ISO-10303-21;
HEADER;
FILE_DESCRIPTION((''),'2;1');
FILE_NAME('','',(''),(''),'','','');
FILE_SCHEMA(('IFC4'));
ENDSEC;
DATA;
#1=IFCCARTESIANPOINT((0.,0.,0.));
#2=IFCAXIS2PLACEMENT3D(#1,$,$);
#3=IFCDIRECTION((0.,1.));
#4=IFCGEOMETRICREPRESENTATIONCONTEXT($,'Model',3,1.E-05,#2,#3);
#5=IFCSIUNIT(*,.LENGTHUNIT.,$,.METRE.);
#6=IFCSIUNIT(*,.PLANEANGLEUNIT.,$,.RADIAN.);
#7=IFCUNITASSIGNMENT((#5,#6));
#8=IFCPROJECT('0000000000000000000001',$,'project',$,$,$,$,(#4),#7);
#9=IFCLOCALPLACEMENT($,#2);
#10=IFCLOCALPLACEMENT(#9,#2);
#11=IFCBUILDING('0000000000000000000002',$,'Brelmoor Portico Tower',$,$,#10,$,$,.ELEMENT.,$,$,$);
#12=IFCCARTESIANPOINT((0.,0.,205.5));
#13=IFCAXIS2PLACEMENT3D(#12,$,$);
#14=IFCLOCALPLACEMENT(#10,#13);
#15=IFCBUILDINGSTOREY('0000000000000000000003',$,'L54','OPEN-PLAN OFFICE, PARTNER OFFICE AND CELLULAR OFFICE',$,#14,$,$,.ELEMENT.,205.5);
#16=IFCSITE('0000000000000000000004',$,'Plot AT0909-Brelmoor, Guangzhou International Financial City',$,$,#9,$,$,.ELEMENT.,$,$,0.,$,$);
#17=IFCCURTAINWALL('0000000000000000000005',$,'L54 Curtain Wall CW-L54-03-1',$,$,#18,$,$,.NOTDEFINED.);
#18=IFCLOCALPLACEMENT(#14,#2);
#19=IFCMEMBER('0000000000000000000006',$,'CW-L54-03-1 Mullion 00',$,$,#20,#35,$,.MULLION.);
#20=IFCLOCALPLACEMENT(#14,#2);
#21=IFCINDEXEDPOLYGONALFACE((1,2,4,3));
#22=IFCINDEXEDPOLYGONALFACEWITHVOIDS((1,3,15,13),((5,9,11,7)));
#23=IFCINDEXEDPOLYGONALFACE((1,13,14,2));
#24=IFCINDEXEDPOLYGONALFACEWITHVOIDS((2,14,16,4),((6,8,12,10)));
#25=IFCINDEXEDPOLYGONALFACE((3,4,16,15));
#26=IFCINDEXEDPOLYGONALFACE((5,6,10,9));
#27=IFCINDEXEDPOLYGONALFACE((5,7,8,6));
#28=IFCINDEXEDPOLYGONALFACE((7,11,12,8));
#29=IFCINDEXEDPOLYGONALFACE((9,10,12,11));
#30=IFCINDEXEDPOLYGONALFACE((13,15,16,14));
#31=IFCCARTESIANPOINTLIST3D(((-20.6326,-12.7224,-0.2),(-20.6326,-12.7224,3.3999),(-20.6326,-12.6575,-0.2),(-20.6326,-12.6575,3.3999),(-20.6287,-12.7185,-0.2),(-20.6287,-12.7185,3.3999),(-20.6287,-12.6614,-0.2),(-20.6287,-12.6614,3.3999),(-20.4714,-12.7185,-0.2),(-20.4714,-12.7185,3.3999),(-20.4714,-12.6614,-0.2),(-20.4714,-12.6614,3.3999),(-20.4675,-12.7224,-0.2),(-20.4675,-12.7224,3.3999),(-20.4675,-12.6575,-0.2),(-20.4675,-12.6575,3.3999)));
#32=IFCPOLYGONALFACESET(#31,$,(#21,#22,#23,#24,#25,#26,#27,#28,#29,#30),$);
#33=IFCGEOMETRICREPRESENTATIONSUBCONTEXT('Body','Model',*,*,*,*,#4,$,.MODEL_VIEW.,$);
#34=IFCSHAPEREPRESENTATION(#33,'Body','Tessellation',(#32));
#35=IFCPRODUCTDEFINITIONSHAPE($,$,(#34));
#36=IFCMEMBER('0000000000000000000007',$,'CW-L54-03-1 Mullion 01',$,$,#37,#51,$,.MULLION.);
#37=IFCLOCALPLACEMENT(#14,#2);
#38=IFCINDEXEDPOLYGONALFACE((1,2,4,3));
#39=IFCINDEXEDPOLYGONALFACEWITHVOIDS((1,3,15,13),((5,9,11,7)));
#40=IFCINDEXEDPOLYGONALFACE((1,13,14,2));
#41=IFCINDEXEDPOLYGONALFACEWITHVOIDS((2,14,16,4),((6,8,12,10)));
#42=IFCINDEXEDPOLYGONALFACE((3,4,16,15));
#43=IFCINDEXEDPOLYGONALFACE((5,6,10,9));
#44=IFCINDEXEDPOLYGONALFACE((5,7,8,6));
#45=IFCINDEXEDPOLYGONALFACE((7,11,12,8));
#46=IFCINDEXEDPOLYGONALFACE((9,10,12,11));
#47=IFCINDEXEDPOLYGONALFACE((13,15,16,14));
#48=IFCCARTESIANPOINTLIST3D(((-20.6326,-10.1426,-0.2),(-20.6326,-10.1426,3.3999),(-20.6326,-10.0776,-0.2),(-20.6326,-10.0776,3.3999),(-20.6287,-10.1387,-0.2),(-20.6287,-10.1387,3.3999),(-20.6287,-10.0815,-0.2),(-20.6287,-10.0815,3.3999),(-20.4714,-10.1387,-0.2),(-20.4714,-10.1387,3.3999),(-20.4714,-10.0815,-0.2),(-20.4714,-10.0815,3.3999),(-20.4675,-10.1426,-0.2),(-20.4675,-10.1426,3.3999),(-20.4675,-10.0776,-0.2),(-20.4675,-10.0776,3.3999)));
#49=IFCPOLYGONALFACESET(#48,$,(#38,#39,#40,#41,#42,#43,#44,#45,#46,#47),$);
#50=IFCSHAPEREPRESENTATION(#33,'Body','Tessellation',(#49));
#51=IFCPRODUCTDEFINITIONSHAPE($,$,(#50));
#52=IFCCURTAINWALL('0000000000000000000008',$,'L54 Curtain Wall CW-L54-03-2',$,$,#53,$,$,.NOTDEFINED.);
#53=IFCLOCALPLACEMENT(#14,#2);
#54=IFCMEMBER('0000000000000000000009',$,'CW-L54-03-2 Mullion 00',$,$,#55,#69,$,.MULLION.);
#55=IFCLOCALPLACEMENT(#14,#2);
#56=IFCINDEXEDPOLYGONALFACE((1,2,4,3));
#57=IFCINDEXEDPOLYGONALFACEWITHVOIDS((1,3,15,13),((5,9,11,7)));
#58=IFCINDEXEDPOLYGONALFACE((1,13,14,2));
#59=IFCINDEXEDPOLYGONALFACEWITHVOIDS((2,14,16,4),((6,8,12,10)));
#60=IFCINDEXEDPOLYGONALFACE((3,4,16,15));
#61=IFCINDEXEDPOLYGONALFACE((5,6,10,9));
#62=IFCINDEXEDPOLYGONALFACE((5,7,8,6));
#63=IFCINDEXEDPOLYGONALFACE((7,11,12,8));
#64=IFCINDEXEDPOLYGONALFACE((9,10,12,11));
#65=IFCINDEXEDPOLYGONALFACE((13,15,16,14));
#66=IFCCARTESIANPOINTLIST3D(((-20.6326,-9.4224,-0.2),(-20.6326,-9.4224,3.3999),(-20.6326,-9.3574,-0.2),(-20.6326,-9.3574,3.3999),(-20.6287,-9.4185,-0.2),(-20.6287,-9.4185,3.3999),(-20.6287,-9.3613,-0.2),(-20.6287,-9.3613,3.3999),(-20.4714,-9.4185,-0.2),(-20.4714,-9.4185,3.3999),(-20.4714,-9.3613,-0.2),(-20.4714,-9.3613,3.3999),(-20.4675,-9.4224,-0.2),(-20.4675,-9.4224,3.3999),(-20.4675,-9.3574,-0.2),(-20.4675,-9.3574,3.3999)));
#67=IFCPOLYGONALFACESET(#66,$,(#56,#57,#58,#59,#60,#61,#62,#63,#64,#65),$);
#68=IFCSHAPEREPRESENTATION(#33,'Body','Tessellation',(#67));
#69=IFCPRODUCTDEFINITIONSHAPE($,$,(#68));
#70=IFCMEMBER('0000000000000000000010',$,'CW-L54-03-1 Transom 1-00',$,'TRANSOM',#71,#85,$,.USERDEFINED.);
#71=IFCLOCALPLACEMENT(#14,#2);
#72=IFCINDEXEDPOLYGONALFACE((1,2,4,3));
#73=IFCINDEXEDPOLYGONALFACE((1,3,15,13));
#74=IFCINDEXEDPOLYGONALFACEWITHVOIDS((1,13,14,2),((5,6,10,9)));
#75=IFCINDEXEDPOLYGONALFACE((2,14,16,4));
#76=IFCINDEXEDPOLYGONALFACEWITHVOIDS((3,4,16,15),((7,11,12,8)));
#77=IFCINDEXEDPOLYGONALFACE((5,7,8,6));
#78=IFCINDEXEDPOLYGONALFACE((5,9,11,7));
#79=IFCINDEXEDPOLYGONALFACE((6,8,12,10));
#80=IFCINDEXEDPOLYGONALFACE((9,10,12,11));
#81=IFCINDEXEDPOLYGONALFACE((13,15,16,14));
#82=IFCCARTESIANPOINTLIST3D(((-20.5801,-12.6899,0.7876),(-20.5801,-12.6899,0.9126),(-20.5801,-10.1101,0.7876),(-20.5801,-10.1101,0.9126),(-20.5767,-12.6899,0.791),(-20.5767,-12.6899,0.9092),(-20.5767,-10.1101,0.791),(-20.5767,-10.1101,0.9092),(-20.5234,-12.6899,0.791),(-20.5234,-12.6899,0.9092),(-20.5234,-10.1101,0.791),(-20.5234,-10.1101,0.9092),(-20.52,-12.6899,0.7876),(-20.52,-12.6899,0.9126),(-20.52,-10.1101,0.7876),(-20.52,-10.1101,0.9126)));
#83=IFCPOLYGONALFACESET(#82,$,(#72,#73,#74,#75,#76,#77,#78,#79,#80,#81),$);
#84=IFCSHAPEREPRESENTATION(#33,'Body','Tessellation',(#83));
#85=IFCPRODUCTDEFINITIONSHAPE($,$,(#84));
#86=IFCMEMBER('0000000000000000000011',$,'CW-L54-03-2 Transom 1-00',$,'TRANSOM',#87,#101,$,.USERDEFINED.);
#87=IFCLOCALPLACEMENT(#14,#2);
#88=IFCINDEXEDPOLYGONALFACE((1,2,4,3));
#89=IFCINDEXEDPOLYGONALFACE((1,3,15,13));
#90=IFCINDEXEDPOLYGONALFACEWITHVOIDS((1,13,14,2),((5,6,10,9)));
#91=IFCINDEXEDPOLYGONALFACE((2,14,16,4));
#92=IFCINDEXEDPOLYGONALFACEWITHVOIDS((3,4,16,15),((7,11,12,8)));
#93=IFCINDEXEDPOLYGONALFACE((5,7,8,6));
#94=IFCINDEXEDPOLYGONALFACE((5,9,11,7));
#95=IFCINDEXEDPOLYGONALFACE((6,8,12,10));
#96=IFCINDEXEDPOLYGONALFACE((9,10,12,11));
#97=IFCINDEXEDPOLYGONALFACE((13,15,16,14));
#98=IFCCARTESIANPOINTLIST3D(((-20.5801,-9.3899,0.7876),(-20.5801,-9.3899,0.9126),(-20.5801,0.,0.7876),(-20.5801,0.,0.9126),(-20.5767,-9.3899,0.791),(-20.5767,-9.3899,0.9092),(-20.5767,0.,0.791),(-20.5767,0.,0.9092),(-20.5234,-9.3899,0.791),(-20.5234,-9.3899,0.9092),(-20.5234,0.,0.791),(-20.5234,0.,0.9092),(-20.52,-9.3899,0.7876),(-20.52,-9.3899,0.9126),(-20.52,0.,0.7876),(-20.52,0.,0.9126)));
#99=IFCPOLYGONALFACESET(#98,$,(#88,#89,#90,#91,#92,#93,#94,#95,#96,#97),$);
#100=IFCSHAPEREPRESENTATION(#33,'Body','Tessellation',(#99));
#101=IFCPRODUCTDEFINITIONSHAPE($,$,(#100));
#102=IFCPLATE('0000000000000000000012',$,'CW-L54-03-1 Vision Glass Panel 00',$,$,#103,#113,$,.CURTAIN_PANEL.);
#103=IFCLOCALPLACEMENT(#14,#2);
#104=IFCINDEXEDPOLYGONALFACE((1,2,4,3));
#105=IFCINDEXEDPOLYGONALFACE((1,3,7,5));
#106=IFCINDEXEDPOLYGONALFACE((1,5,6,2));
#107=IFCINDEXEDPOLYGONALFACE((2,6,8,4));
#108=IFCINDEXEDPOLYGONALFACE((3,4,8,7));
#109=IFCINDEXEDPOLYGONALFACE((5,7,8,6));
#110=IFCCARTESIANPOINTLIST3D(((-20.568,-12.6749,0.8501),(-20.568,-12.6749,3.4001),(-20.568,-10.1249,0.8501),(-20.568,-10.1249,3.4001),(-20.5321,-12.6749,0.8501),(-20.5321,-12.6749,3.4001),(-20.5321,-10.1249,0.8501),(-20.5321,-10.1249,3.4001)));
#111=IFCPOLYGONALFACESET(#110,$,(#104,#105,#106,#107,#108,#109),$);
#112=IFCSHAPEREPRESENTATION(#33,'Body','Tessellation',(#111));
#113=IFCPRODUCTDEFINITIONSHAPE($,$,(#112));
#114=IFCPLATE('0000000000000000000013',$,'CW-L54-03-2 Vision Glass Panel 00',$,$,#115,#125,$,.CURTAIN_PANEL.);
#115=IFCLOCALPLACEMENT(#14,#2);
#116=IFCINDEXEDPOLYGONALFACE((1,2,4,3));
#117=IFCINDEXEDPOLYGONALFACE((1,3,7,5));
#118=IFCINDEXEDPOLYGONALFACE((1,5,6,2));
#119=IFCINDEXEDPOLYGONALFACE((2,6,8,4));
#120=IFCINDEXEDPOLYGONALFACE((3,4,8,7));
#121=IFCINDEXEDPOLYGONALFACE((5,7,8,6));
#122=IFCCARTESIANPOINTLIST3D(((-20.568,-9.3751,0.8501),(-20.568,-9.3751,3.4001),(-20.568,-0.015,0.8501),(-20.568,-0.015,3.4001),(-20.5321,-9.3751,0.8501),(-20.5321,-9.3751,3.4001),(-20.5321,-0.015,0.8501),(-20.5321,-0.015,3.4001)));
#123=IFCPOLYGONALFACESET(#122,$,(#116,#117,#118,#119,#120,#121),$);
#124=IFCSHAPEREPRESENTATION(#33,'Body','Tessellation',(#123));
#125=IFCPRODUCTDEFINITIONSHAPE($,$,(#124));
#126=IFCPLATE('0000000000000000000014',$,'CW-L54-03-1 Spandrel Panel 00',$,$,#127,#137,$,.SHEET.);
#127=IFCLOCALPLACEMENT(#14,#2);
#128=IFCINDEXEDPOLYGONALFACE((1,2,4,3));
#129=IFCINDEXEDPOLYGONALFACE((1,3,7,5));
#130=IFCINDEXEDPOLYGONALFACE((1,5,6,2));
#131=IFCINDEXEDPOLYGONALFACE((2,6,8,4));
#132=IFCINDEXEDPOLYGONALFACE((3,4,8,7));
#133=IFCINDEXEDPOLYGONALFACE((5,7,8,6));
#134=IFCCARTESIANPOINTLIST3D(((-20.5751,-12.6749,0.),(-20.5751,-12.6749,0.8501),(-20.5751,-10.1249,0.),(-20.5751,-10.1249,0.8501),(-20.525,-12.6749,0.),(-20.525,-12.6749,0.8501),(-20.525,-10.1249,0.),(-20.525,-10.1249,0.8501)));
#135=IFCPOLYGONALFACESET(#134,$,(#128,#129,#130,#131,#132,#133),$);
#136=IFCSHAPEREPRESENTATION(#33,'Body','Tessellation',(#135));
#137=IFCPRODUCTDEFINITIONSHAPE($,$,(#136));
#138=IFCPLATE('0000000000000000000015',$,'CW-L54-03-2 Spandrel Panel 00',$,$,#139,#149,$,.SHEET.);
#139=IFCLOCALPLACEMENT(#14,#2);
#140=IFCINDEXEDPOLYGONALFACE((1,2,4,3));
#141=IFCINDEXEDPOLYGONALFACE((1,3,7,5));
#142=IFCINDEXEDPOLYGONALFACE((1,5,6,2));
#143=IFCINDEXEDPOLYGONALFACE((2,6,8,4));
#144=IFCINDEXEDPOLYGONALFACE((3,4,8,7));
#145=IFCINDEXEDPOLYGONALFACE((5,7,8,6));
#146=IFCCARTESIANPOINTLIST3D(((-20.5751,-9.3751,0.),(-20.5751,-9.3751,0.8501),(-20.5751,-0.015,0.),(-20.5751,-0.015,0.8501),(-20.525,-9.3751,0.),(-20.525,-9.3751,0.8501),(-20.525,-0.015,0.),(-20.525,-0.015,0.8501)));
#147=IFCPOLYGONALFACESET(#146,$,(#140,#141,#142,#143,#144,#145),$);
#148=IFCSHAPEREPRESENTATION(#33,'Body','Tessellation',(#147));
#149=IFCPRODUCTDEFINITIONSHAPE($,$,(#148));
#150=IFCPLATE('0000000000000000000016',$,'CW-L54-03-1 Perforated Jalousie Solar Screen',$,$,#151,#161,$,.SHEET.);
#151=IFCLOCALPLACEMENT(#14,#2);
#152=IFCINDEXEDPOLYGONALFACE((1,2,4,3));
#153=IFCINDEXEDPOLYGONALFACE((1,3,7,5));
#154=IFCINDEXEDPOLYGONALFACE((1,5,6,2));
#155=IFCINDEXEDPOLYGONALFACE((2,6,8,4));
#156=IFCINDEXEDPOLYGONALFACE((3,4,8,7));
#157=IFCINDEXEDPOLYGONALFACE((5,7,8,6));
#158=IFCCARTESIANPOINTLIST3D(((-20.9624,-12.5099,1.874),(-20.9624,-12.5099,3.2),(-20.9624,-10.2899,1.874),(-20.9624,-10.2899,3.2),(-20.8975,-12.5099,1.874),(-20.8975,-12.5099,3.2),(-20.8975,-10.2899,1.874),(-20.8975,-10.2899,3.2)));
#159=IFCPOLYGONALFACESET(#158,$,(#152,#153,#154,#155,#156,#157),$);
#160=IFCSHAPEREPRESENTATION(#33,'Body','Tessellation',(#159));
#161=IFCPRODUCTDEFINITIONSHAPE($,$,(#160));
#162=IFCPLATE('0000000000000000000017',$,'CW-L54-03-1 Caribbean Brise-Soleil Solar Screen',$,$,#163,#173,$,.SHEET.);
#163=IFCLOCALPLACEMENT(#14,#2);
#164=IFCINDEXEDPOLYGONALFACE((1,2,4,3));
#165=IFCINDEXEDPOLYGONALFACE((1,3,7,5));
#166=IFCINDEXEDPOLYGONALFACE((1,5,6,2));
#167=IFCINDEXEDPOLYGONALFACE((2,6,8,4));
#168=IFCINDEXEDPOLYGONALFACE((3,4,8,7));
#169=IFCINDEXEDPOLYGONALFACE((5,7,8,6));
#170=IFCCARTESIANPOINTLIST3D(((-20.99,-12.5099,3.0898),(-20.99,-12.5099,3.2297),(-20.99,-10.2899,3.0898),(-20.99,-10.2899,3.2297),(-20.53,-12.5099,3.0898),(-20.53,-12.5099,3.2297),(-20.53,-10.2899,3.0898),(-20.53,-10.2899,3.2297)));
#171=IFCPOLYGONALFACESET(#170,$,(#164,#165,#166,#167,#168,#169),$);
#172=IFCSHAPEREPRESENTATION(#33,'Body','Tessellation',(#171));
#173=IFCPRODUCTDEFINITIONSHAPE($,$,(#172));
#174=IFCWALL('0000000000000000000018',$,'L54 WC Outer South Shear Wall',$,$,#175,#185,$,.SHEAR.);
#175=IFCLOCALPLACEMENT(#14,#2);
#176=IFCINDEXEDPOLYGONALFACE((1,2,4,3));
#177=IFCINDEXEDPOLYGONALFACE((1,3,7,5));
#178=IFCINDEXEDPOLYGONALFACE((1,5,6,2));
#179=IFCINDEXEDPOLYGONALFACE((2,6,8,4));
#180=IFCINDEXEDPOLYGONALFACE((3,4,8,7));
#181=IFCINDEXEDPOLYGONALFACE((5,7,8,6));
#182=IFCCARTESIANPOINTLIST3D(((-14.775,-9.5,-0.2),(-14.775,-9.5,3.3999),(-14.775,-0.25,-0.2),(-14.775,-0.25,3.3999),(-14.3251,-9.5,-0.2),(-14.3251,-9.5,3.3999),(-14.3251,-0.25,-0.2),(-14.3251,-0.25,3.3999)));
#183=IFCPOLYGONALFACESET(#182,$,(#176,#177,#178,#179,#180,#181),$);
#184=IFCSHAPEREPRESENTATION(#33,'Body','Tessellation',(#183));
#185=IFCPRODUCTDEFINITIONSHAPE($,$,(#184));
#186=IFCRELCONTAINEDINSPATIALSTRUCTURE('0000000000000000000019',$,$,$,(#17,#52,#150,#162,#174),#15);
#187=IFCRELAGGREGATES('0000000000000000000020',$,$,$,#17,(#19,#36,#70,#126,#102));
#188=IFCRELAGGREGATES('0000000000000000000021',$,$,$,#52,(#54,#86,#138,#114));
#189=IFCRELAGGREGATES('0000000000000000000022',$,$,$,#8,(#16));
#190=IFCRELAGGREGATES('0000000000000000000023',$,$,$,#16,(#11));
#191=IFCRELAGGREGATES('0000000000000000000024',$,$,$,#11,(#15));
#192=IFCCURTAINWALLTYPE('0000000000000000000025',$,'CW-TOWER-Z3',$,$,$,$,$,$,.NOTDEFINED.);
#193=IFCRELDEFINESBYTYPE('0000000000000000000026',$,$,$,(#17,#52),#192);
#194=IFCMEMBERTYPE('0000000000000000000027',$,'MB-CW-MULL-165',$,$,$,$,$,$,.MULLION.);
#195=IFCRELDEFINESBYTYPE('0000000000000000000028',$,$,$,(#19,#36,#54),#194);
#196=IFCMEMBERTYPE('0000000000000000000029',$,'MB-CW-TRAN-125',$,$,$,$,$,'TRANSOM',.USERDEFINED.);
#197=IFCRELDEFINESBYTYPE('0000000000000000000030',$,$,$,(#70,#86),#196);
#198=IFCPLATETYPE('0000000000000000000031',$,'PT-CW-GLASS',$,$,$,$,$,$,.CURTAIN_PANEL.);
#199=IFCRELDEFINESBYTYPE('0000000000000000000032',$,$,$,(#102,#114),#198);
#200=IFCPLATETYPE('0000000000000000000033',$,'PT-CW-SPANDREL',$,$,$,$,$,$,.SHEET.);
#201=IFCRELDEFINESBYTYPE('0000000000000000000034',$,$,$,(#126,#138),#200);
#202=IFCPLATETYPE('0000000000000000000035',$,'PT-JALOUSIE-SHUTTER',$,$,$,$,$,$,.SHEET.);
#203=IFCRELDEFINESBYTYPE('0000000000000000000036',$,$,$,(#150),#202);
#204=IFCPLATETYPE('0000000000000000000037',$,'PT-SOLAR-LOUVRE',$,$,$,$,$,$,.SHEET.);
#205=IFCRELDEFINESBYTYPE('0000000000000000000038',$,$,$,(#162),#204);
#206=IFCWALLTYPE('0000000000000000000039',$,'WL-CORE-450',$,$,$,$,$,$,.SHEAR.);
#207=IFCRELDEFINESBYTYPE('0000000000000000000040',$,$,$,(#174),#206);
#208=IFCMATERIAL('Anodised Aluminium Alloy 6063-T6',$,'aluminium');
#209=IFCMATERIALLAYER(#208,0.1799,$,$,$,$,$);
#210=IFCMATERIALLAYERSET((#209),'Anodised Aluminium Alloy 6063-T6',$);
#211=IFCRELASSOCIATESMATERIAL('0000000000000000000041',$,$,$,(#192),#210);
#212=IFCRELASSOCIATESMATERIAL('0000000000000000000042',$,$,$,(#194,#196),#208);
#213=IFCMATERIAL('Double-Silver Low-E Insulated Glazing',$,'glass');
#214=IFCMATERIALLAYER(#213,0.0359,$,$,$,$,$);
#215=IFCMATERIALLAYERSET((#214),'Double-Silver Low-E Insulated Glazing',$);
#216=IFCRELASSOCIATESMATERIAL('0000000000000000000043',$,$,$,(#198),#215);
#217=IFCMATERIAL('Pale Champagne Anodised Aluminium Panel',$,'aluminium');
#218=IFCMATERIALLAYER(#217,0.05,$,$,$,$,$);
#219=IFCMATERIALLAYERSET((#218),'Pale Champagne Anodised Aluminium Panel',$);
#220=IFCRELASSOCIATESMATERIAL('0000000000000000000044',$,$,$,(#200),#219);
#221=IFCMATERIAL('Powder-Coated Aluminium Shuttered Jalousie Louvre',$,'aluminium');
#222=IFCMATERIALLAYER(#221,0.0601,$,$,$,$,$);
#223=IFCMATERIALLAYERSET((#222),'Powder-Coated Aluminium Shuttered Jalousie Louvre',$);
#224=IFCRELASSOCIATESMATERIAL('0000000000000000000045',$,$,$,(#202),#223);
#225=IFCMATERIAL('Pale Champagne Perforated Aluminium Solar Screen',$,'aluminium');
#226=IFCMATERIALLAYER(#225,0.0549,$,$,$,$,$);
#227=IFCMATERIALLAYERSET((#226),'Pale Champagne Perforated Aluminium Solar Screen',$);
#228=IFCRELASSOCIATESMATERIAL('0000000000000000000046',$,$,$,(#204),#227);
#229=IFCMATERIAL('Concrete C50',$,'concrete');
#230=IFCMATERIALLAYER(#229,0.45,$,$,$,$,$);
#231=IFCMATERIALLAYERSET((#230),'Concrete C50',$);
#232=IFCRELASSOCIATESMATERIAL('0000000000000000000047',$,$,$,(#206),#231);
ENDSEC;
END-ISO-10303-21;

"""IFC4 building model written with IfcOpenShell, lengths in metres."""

from ifc_helpers import new_model, si_unit, direction, frame, frame_2d, origin, origin_2d, place, context, subcontext, project, spatial, rectangle, hollow_rectangle, extrude, material, layer, layer_set, material_profile, profile_set, type_object, element, aggregate, save


model = new_model("IFC4")

# Units and contexts
model_context = context("Model", 3, precision=1e-05, world=origin(), true_north=direction((0.0, 1.0)))
body_context = subcontext(model_context, "Body", "Model", "MODEL_VIEW")
ifc_project = project(units=[si_unit("LENGTHUNIT", "METRE"), si_unit("PLANEANGLEUNIT", "RADIAN")], contexts=[model_context])

# Site, building, storey
site_placement = place(None, origin())
site = spatial("IfcSite", under=ifc_project, at=site_placement, Name="Plot AT0909-Brelmoor, Guangzhou International Financial City", CompositionType="ELEMENT", RefElevation=0.0)
building_placement = place(site_placement, origin())
building = spatial("IfcBuilding", under=site, at=building_placement, Name="Brelmoor Portico Tower", CompositionType="ELEMENT")
storey_placement = place(building_placement, frame((0.0, 0.0, 205.5)))
storey = spatial("IfcBuildingStorey", under=building, at=storey_placement, Name="L54", Description="OPEN-PLAN OFFICE, PARTNER OFFICE AND CELLULAR OFFICE", CompositionType="ELEMENT", Elevation=205.5)

# Curtain wall, members
ifc_material_1 = material(Name="Anodised Aluminium Alloy 6063-T6", Category="aluminium")
ifc_layer_1 = layer(ifc_material_1, 0.1799)
ifc_layer_set_1 = layer_set([ifc_layer_1], Name="Anodised Aluminium Alloy 6063-T6")
curtain_wall_type = type_object("IfcCurtainWallType", Name="CW-TOWER-Z3", PredefinedType="NOTDEFINED", material=ifc_layer_set_1)
curtain_wall_1_placement = place(storey_placement, origin())
curtain_wall_1 = element("IfcCurtainWall", 1, at=curtain_wall_1_placement, inside=storey, type_object=curtain_wall_type, Name="L54 Curtain Wall CW-L54-03-1", PredefinedType="NOTDEFINED")
ifc_material_profile_1 = material_profile(ifc_material_1, hollow_rectangle(XDim=0.0649, YDim=0.165, WallThickness=0.0039, at=origin_2d()), Name="ALU MULLION 65x165")
ifc_profile_set_1 = profile_set([ifc_material_profile_1], Name="Anodised Aluminium Alloy 6063-T6")
member_type_1 = type_object("IfcMemberType", Name="MB-CW-MULL-165", PredefinedType="MULLION", material=ifc_profile_set_1)
member_1_placement = place(storey_placement, frame((-20.55, -12.6899, -0.2), z_axis=(0.0, 0.0, 1.0), x_axis=(0.0, 1.0, 0.0)))
member_1 = element("IfcMember", 2, at=member_1_placement, type_object=member_type_1, Name="CW-L54-03-1 Mullion 00", PredefinedType="MULLION", context=body_context, shape_type="SweptSolid", body=[
    extrude(hollow_rectangle(XDim=0.0649, YDim=0.165, WallThickness=0.0039, at=origin_2d()), origin(), (0.0, 0.0, 1.0), 3.5999),
])
member_2_placement = place(storey_placement, frame((-20.55, -10.1101, -0.2), z_axis=(0.0, 0.0, 1.0), x_axis=(0.0, 1.0, 0.0)))
member_2 = element("IfcMember", 3, at=member_2_placement, type_object=member_type_1, Name="CW-L54-03-1 Mullion 01", PredefinedType="MULLION", context=body_context, shape_type="SweptSolid", body=[
    extrude(hollow_rectangle(XDim=0.0649, YDim=0.165, WallThickness=0.0039, at=origin_2d()), origin(), (0.0, 0.0, 1.0), 3.5999),
])

# Curtain wall, member
curtain_wall_2_placement = place(storey_placement, origin())
curtain_wall_2 = element("IfcCurtainWall", 4, at=curtain_wall_2_placement, inside=storey, type_object=curtain_wall_type, Name="L54 Curtain Wall CW-L54-03-2", PredefinedType="NOTDEFINED")
member_3_placement = place(storey_placement, frame((-20.55, -9.3899, -0.2), z_axis=(0.0, 0.0, 1.0), x_axis=(0.0, 1.0, 0.0)))
member_3 = element("IfcMember", 5, at=member_3_placement, type_object=member_type_1, Name="CW-L54-03-2 Mullion 00", PredefinedType="MULLION", context=body_context, shape_type="SweptSolid", body=[
    extrude(hollow_rectangle(XDim=0.0649, YDim=0.165, WallThickness=0.0039, at=origin_2d()), origin(), (0.0, 0.0, 1.0), 3.5999),
])

# Members
ifc_material_profile_2 = material_profile(ifc_material_1, hollow_rectangle(XDim=0.0601, YDim=0.125, WallThickness=0.0034, at=origin_2d()), Name="ALU TRANSOM 60x125")
ifc_profile_set_2 = profile_set([ifc_material_profile_2], Name="Anodised Aluminium Alloy 6063-T6")
member_type_2 = type_object("IfcMemberType", Name="MB-CW-TRAN-125", ElementType="TRANSOM", PredefinedType="USERDEFINED", material=ifc_profile_set_2)
member_4_placement = place(storey_placement, frame((-20.55, -12.6899, 0.8501), z_axis=(0.0, 1.0, 0.0), x_axis=(-1.0, 0.0, 0.0)))
member_4 = element("IfcMember", 6, at=member_4_placement, type_object=member_type_2, Name="CW-L54-03-1 Transom 1-00", ObjectType="TRANSOM", PredefinedType="USERDEFINED", context=body_context, shape_type="SweptSolid", body=[
    extrude(hollow_rectangle(XDim=0.0601, YDim=0.125, WallThickness=0.0034, at=origin_2d()), origin(), (0.0, 0.0, 1.0), 2.5798),
])
member_5_placement = place(storey_placement, frame((-20.55, -9.3899, 0.8501), z_axis=(0.0, 1.0, 0.0), x_axis=(-1.0, 0.0, 0.0)))
member_5 = element("IfcMember", 7, at=member_5_placement, type_object=member_type_2, Name="CW-L54-03-2 Transom 1-00", ObjectType="TRANSOM", PredefinedType="USERDEFINED", context=body_context, shape_type="SweptSolid", body=[
    extrude(hollow_rectangle(XDim=0.0601, YDim=0.125, WallThickness=0.0034, at=origin_2d()), origin(), (0.0, 0.0, 1.0), 9.3899),
])

# Plates
ifc_material_2 = material(Name="Double-Silver Low-E Insulated Glazing", Category="glass")
ifc_layer_2 = layer(ifc_material_2, 0.0359)
ifc_layer_set_2 = layer_set([ifc_layer_2], Name="Double-Silver Low-E Insulated Glazing")
plate_type_1 = type_object("IfcPlateType", Name="PT-CW-GLASS", PredefinedType="CURTAIN_PANEL", material=ifc_layer_set_2)
plate_1_placement = place(storey_placement, frame((-20.55, -11.3999, 0.8501), z_axis=(0.0, 0.0, 1.0), x_axis=(0.0, 1.0, 0.0)))
plate_1 = element("IfcPlate", 8, at=plate_1_placement, type_object=plate_type_1, Name="CW-L54-03-1 Vision Glass Panel 00", PredefinedType="CURTAIN_PANEL", context=body_context, shape_type="SweptSolid", body=[
    extrude(rectangle(XDim=2.55, YDim=0.0359, at=origin_2d()), origin(), (0.0, 0.0, 1.0), 2.55),
])
plate_2_placement = place(storey_placement, frame((-20.55, -4.6951, 0.8501), z_axis=(0.0, 0.0, 1.0), x_axis=(0.0, 1.0, 0.0)))
plate_2 = element("IfcPlate", 9, at=plate_2_placement, type_object=plate_type_1, Name="CW-L54-03-2 Vision Glass Panel 00", PredefinedType="CURTAIN_PANEL", context=body_context, shape_type="SweptSolid", body=[
    extrude(rectangle(XDim=9.3601, YDim=0.0359, at=origin_2d()), origin(), (0.0, 0.0, 1.0), 2.55),
])
ifc_material_3 = material(Name="Pale Champagne Anodised Aluminium Panel", Category="aluminium")
ifc_layer_3 = layer(ifc_material_3, 0.05)
ifc_layer_set_3 = layer_set([ifc_layer_3], Name="Pale Champagne Anodised Aluminium Panel")
plate_type_2 = type_object("IfcPlateType", Name="PT-CW-SPANDREL", PredefinedType="SHEET", material=ifc_layer_set_3)
plate_3_placement = place(storey_placement, frame((-20.55, -11.3999, 0.0), z_axis=(0.0, 0.0, 1.0), x_axis=(0.0, 1.0, 0.0)))
plate_3 = element("IfcPlate", 10, at=plate_3_placement, type_object=plate_type_2, Name="CW-L54-03-1 Spandrel Panel 00", PredefinedType="SHEET", context=body_context, shape_type="SweptSolid", body=[
    extrude(rectangle(XDim=2.55, YDim=0.05, at=origin_2d()), origin(), (0.0, 0.0, 1.0), 0.8501),
])
aggregate(curtain_wall_1, [member_1, member_2, member_4, plate_3, plate_1])
plate_4_placement = place(storey_placement, frame((-20.55, -4.6951, 0.0), z_axis=(0.0, 0.0, 1.0), x_axis=(0.0, 1.0, 0.0)))
plate_4 = element("IfcPlate", 11, at=plate_4_placement, type_object=plate_type_2, Name="CW-L54-03-2 Spandrel Panel 00", PredefinedType="SHEET", context=body_context, shape_type="SweptSolid", body=[
    extrude(rectangle(XDim=9.3601, YDim=0.05, at=origin_2d()), origin(), (0.0, 0.0, 1.0), 0.8501),
])
aggregate(curtain_wall_2, [member_3, member_5, plate_4, plate_2])

# Plates
ifc_material_4 = material(Name="Powder-Coated Aluminium Shuttered Jalousie Louvre", Category="aluminium")
ifc_layer_4 = layer(ifc_material_4, 0.0601)
ifc_layer_set_4 = layer_set([ifc_layer_4], Name="Powder-Coated Aluminium Shuttered Jalousie Louvre")
plate_type_3 = type_object("IfcPlateType", Name="PT-JALOUSIE-SHUTTER", PredefinedType="SHEET", material=ifc_layer_set_4)
plate_5_placement = place(storey_placement, frame((-20.9299, -11.3999, 1.874), z_axis=(0.0, 0.0, 1.0), x_axis=(0.0, 1.0, 0.0)))
element("IfcPlate", 12, at=plate_5_placement, inside=storey, type_object=plate_type_3, Name="CW-L54-03-1 Perforated Jalousie Solar Screen", PredefinedType="SHEET", context=body_context, shape_type="SweptSolid", body=[
    extrude(rectangle(XDim=2.22, YDim=0.0649, at=origin_2d()), origin(), (0.0, 0.0, 1.0), 1.3259),
])
ifc_material_5 = material(Name="Pale Champagne Perforated Aluminium Solar Screen", Category="aluminium")
ifc_layer_5 = layer(ifc_material_5, 0.0549)
ifc_layer_set_5 = layer_set([ifc_layer_5], Name="Pale Champagne Perforated Aluminium Solar Screen")
plate_type_4 = type_object("IfcPlateType", Name="PT-SOLAR-LOUVRE", PredefinedType="SHEET", material=ifc_layer_set_5)
plate_6_placement = place(storey_placement, frame((-20.76, -11.3999, 3.0898), z_axis=(0.0, 0.0, 1.0), x_axis=(0.0, 1.0, 0.0)))
element("IfcPlate", 13, at=plate_6_placement, inside=storey, type_object=plate_type_4, Name="CW-L54-03-1 Caribbean Brise-Soleil Solar Screen", PredefinedType="SHEET", context=body_context, shape_type="SweptSolid", body=[
    extrude(rectangle(XDim=2.22, YDim=0.46, at=origin_2d()), origin(), (0.0, 0.0, 1.0), 0.1399),
])

# Wall
ifc_material_6 = material(Name="Concrete C50", Category="concrete")
ifc_layer_6 = layer(ifc_material_6, 0.45)
ifc_layer_set_6 = layer_set([ifc_layer_6], Name="Concrete C50")
wall_type_1 = type_object("IfcWallType", Name="WL-CORE-450", PredefinedType="SHEAR", material=ifc_layer_set_6)
wall_1_placement = place(storey_placement, frame((-14.55, -9.5, -0.2), z_axis=(0.0, 0.0, 1.0), x_axis=(0.0, 1.0, 0.0)))
element("IfcWall", 14, at=wall_1_placement, inside=storey, type_object=wall_type_1, Name="L54 WC Outer South Shear Wall", PredefinedType="SHEAR", context=body_context, shape_type="SweptSolid", body=[
    extrude(rectangle(XDim=9.25, YDim=0.45, at=frame_2d((4.625, 0.0))), origin(), (0.0, 0.0, 1.0), 3.5999),
])

save(model, "model.ifc")
